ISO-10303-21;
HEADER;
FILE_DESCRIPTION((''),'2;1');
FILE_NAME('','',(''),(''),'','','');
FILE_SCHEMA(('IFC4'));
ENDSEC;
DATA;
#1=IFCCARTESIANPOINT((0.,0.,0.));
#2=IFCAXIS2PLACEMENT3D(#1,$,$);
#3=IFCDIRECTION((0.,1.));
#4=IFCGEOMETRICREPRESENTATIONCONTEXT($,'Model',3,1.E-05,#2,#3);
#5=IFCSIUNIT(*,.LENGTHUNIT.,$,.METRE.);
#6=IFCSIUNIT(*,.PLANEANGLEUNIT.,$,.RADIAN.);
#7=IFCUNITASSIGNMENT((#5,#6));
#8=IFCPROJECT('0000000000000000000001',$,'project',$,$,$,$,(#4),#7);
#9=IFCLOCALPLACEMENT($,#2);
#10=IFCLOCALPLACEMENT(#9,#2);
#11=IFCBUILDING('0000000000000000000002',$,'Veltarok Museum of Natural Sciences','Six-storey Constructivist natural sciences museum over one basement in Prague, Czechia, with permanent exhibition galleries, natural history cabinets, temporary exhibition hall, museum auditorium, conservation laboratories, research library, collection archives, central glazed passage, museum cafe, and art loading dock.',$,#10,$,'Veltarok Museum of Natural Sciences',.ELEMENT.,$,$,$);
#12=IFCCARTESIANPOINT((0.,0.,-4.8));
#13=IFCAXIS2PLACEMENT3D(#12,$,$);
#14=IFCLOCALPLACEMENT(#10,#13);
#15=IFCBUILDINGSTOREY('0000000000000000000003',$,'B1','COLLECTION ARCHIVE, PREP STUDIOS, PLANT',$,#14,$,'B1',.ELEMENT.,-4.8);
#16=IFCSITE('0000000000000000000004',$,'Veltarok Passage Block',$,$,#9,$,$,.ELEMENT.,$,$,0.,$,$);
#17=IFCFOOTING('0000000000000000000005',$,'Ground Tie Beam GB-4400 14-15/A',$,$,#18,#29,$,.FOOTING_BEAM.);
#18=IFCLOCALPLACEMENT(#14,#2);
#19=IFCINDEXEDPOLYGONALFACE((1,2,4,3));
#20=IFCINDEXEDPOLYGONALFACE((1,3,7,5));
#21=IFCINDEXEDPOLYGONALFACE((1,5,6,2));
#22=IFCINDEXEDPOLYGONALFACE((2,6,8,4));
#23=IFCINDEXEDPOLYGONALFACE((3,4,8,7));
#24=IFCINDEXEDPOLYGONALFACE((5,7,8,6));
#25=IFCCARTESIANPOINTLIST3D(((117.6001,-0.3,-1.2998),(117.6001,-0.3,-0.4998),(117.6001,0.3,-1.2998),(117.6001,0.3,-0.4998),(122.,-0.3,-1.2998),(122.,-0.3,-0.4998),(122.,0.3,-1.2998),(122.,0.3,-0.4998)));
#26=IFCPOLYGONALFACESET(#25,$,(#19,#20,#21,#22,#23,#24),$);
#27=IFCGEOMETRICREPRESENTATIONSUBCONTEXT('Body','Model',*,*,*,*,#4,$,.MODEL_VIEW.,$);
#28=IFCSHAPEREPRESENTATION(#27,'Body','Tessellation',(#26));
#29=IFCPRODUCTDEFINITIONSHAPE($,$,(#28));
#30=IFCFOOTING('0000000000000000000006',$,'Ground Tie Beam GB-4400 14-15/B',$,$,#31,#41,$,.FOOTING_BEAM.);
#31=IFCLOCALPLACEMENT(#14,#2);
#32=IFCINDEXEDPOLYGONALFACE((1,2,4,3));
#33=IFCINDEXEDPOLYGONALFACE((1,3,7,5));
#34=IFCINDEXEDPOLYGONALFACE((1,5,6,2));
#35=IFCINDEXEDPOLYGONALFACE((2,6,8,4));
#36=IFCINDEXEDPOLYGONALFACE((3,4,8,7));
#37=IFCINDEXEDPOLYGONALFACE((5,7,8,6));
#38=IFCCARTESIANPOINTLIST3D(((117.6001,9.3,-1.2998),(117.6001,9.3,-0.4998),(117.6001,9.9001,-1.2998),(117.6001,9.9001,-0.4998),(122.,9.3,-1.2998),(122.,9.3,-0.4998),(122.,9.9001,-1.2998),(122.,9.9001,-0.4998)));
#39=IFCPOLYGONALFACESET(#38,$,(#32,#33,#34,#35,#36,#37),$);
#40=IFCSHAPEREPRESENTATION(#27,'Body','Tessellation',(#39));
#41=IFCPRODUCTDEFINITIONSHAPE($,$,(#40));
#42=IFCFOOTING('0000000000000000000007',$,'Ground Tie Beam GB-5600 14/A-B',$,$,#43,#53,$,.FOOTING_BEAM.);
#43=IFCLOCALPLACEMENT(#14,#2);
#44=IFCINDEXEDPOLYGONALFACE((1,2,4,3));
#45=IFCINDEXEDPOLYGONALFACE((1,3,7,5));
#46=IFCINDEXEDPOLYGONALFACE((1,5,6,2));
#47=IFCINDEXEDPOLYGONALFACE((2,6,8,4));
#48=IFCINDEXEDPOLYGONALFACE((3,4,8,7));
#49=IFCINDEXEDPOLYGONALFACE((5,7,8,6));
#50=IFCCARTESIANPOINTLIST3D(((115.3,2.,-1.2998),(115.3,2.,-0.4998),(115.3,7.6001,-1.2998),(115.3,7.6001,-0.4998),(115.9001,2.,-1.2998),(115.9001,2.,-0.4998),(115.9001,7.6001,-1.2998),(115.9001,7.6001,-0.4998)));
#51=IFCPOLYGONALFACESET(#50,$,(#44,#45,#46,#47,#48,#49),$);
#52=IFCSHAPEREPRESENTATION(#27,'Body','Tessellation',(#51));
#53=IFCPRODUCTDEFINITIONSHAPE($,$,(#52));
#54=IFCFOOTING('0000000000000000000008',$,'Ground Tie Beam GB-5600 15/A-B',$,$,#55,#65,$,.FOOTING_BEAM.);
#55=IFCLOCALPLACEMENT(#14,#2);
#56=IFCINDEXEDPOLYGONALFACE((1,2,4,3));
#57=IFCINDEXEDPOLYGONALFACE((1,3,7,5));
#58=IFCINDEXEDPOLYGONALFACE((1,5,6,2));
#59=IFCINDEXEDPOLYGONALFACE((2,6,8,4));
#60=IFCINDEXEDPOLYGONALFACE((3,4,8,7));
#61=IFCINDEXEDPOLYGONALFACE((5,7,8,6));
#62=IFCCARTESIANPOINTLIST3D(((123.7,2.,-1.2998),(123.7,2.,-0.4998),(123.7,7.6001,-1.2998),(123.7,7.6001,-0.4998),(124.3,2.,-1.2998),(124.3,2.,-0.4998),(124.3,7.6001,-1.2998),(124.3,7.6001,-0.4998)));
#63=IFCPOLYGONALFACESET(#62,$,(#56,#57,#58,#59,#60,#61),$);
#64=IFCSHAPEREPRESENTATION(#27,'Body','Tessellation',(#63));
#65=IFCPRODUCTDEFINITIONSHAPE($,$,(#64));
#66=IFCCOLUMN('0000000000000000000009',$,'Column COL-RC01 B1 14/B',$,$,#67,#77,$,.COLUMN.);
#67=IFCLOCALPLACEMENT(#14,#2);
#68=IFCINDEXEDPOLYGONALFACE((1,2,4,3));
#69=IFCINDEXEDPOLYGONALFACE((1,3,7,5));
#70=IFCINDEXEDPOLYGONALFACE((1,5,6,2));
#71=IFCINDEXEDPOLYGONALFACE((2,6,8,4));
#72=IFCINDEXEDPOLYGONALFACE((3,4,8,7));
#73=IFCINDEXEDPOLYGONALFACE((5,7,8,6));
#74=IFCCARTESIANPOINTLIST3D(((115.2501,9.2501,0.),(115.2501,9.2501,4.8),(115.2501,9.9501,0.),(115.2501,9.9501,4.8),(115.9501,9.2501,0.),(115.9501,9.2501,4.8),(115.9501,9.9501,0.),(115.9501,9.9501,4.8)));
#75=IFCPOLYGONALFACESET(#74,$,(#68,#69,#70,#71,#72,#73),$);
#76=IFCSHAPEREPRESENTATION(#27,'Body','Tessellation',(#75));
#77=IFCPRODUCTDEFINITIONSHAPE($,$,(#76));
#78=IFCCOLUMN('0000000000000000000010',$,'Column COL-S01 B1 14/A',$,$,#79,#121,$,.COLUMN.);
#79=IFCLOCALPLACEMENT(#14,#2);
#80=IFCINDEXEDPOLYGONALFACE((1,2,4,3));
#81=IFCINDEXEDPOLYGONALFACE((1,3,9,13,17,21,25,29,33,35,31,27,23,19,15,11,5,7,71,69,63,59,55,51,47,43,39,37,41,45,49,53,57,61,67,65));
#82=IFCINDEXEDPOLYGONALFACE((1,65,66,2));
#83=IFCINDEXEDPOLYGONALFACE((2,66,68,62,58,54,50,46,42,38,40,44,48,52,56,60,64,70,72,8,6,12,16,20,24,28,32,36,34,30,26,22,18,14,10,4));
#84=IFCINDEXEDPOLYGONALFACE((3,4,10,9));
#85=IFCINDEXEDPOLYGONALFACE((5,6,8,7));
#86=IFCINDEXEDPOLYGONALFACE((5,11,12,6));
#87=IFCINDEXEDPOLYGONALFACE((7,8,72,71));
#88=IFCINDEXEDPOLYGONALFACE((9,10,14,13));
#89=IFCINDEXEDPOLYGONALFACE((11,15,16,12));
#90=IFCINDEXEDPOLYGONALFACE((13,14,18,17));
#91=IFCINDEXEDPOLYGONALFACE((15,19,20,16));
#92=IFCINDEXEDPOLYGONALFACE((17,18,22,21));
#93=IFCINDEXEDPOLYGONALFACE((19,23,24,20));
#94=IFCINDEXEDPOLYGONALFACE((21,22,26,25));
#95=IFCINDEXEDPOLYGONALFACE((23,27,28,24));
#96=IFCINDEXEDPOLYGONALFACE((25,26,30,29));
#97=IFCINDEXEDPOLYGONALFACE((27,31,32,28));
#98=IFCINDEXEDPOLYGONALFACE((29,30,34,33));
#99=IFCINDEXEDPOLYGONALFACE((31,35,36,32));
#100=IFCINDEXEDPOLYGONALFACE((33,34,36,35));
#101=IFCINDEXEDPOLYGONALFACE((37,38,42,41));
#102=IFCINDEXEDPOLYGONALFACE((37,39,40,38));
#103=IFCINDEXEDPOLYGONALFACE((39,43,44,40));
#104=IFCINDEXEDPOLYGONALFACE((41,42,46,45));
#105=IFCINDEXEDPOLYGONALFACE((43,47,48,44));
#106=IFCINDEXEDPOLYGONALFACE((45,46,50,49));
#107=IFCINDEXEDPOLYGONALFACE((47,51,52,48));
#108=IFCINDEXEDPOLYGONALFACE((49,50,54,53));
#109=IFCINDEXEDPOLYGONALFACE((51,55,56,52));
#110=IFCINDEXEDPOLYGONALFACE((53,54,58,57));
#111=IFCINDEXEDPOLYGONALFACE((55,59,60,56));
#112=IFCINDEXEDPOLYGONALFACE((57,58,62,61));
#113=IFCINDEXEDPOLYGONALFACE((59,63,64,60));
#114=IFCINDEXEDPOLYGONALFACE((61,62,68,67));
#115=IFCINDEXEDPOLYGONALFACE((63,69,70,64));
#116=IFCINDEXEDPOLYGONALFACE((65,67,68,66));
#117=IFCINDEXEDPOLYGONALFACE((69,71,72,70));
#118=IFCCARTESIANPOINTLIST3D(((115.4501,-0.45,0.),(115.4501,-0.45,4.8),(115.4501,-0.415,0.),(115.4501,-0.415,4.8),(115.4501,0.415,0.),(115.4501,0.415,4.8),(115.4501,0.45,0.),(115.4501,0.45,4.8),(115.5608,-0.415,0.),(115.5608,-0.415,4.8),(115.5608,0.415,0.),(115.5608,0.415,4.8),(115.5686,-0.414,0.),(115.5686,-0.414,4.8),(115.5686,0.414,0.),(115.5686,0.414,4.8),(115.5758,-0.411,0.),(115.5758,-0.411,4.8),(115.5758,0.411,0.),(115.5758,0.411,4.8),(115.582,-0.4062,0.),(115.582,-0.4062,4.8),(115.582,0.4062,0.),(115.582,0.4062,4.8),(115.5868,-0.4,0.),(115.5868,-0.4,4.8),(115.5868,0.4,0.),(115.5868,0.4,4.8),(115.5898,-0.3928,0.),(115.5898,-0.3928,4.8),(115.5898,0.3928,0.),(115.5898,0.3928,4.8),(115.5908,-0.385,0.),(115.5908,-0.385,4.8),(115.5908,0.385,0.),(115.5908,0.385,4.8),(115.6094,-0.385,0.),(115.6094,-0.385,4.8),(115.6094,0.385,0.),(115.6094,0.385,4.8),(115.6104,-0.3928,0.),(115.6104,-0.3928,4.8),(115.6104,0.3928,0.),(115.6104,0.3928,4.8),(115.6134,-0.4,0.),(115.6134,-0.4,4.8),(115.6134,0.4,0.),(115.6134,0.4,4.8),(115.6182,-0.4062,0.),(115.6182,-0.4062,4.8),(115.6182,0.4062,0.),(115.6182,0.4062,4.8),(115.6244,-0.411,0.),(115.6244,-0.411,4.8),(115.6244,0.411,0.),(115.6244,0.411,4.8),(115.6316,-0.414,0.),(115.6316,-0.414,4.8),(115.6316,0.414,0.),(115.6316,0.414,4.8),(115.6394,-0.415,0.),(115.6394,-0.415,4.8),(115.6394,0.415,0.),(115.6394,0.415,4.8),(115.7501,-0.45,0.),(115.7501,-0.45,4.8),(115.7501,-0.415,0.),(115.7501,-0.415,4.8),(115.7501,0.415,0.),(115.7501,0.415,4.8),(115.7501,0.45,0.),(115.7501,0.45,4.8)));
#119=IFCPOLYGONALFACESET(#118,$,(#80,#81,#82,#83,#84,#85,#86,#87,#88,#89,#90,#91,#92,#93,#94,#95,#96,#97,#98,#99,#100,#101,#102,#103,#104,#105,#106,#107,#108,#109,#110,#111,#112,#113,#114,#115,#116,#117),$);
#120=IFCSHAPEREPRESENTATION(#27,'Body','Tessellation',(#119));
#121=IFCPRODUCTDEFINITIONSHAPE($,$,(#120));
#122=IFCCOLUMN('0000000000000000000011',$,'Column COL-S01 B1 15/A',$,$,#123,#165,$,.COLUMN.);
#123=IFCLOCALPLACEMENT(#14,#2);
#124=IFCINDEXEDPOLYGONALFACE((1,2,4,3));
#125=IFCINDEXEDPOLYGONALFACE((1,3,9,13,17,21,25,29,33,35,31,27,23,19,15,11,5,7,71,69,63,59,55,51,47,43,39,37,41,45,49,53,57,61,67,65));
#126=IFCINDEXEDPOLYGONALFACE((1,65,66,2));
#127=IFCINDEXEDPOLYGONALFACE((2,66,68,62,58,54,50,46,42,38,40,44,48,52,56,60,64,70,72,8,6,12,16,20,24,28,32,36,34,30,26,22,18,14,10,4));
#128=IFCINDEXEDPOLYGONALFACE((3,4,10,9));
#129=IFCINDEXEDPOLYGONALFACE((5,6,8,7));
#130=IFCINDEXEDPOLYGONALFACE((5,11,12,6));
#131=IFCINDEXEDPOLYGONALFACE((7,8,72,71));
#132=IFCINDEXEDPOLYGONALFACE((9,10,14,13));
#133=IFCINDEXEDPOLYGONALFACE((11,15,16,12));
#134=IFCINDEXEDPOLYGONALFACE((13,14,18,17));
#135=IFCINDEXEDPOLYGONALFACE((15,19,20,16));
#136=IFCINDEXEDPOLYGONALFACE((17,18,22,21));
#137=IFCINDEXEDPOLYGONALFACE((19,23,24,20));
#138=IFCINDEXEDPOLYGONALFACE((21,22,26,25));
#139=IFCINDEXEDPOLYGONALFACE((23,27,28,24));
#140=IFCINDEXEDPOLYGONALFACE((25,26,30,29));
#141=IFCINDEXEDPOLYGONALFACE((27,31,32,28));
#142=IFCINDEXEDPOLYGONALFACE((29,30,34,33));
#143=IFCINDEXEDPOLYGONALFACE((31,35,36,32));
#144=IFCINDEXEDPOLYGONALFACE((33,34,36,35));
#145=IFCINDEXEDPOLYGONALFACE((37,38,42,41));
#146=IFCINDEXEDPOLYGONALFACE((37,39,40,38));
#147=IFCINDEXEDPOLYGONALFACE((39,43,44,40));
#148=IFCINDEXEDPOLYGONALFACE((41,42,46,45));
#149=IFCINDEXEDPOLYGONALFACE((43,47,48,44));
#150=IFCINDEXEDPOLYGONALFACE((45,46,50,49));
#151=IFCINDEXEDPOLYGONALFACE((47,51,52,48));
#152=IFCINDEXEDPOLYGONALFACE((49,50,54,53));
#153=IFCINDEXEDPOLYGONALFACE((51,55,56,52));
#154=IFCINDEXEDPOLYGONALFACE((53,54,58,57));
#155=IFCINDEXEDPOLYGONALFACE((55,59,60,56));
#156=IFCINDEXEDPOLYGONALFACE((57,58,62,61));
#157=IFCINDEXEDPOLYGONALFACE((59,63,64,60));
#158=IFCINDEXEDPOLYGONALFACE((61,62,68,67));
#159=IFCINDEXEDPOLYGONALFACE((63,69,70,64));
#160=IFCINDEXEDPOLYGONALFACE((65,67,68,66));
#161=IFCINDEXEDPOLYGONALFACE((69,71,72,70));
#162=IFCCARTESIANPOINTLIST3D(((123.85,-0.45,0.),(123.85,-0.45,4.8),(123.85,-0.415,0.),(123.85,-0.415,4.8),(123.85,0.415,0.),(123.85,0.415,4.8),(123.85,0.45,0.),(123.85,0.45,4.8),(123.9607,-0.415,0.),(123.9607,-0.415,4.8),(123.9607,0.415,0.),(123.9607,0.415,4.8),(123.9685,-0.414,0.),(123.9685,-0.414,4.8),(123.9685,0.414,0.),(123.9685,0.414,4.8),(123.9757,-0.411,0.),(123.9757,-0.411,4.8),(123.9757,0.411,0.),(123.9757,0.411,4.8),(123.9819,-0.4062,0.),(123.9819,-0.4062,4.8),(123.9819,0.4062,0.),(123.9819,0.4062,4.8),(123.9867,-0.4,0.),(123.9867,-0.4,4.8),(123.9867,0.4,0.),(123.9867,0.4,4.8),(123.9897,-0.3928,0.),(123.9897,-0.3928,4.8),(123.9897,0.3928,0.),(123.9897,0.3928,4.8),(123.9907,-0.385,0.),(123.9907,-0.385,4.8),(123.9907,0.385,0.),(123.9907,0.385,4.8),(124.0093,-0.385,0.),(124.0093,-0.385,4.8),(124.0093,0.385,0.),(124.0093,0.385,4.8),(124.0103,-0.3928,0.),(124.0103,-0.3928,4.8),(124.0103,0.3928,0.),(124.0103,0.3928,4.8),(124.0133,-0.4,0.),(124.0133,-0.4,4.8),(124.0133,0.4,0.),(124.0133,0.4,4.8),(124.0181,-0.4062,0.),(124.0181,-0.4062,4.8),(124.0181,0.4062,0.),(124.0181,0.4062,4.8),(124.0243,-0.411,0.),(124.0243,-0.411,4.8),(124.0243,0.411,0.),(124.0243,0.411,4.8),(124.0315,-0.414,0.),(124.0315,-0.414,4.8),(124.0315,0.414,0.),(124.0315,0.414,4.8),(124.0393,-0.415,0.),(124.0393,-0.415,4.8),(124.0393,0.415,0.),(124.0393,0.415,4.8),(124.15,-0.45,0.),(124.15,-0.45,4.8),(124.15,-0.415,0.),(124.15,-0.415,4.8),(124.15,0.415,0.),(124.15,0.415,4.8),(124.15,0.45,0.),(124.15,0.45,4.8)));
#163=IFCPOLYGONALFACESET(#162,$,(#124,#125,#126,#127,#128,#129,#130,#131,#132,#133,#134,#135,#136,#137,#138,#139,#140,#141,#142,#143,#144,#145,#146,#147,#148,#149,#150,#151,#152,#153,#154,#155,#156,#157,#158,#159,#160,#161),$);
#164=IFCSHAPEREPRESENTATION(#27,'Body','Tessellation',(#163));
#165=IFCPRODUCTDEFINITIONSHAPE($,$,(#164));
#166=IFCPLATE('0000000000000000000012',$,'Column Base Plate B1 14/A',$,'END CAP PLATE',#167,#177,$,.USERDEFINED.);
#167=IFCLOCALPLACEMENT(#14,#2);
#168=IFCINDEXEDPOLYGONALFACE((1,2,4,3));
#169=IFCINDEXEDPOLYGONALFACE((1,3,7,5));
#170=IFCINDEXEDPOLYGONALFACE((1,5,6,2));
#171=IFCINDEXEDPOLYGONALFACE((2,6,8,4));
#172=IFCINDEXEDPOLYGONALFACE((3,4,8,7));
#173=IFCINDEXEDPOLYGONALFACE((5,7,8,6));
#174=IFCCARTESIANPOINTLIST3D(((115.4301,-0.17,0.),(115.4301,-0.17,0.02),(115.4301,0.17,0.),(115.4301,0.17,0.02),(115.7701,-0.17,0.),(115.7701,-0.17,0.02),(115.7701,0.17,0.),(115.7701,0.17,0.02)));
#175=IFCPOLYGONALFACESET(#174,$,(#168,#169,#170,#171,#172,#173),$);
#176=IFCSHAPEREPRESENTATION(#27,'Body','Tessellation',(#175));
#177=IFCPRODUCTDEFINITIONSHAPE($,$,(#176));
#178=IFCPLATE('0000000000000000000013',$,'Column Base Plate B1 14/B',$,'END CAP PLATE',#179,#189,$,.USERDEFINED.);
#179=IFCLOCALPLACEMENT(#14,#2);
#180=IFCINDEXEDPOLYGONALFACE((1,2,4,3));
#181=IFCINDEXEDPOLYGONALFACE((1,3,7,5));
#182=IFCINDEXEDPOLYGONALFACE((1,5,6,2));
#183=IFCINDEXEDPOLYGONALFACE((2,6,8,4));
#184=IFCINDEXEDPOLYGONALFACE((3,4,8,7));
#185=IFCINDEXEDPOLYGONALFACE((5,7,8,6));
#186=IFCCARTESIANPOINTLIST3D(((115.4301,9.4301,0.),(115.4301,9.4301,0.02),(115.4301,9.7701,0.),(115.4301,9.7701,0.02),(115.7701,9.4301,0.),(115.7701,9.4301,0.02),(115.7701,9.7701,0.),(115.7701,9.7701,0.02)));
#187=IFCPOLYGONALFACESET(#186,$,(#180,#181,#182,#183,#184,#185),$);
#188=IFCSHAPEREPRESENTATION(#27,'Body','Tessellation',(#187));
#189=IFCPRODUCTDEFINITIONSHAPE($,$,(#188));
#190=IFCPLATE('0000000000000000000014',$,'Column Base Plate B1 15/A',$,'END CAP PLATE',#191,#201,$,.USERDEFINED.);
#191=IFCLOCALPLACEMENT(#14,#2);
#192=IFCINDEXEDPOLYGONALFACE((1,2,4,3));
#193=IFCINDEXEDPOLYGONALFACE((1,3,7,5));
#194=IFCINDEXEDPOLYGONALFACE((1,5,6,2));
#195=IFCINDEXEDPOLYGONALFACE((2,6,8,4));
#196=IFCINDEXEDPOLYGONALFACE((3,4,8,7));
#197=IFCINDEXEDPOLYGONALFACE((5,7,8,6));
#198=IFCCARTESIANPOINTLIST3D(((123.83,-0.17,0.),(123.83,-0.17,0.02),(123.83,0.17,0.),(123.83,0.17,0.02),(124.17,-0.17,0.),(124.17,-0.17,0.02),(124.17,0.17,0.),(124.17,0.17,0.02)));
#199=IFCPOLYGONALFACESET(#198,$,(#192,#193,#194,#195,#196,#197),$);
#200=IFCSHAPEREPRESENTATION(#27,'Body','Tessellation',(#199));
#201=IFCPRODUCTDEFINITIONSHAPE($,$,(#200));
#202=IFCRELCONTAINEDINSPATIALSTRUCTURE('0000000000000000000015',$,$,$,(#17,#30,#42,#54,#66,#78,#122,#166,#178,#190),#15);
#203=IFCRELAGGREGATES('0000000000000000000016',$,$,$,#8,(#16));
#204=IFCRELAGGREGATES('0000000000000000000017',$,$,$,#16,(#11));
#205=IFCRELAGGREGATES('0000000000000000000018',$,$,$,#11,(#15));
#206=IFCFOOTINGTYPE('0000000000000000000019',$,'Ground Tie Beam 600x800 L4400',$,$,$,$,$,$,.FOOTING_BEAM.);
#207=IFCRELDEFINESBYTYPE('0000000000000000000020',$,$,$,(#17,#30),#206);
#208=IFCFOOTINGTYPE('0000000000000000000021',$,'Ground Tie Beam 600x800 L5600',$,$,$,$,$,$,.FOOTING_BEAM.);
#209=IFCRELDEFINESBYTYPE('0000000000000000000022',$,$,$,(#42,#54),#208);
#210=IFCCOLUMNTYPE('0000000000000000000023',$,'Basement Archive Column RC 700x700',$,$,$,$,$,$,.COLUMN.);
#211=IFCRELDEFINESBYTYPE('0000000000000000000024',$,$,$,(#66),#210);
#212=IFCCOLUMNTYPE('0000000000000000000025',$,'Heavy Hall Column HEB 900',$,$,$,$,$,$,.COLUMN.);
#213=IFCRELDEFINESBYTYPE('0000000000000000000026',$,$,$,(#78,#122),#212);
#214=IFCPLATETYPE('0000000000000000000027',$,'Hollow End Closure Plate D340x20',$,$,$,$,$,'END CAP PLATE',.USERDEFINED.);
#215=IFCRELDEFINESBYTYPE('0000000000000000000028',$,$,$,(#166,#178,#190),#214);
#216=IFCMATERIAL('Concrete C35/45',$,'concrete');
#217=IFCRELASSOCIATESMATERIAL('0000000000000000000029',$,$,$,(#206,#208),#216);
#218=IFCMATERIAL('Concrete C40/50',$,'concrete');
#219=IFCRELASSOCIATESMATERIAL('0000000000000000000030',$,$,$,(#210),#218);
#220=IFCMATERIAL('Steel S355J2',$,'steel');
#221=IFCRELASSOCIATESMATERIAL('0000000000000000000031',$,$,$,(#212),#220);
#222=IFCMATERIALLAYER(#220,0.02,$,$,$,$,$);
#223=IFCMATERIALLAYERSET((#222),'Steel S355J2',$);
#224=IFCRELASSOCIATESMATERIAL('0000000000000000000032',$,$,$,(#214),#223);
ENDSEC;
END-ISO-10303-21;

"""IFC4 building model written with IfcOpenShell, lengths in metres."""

from ifc_helpers import new_model, si_unit, direction, frame, origin, origin_2d, place, context, subcontext, project, spatial, rectangle, i_section, extrude, material, layer, layer_set, material_profile, profile_set, type_object, element, save


model = new_model("IFC4")

# Units and contexts
model_context = context("Model", 3, precision=1e-05, world=origin(), true_north=direction((0.0, 1.0)))
body_context = subcontext(model_context, "Body", "Model", "MODEL_VIEW")
ifc_project = project(units=[si_unit("LENGTHUNIT", "METRE"), si_unit("PLANEANGLEUNIT", "RADIAN")], contexts=[model_context])

# Site, building, storey
site_placement = place(None, origin())
site = spatial("IfcSite", under=ifc_project, at=site_placement, Name="Veltarok Passage Block", CompositionType="ELEMENT", RefElevation=0.0)
building_placement = place(site_placement, origin())
building = spatial("IfcBuilding", under=site, at=building_placement, Name="Veltarok Museum of Natural Sciences", Description="Six-storey Constructivist natural sciences museum over one basement in Prague, Czechia, with permanent exhibition galleries, natural history cabinets, temporary exhibition hall, museum auditorium, conservation laboratories, research library, collection archives, central glazed passage, museum cafe, and art loading dock.", LongName="Veltarok Museum of Natural Sciences", CompositionType="ELEMENT")
storey_placement = place(building_placement, frame((0.0, 0.0, -4.8)))
storey = spatial("IfcBuildingStorey", under=building, at=storey_placement, Name="B1", Description="COLLECTION ARCHIVE, PREP STUDIOS, PLANT", LongName="B1", CompositionType="ELEMENT", Elevation=-4.8)

# Shared definitions
ifc_material_1 = material(Name="Concrete C35/45", Category="concrete")

# Footings
footing_type_1 = type_object("IfcFootingType", Name="Ground Tie Beam 600x800 L4400", PredefinedType="FOOTING_BEAM", material=ifc_material_1)
for number, where, z_axis, x_axis, name in (
    (1, (119.8, 0.0, -1.2998), (0.0, 0.0, 1.0), (1.0, 0.0, 0.0), "Ground Tie Beam GB-4400 14-15/A"),
    (2, (119.8, 9.6001, -1.2998), (0.0, 0.0, 1.0), (1.0, 0.0, 0.0), "Ground Tie Beam GB-4400 14-15/B"),
):
    element("IfcFooting", number, at=place(storey_placement, frame(where, z_axis=z_axis, x_axis=x_axis)), inside=storey, type_object=footing_type_1, Name=name, PredefinedType="FOOTING_BEAM", context=body_context, shape_type="SweptSolid", body=[
        extrude(rectangle(XDim=4.3999, YDim=0.6001, at=origin_2d()), origin(), (0.0, 0.0, 1.0), 0.8),
    ])
footing_type_2 = type_object("IfcFootingType", Name="Ground Tie Beam 600x800 L5600", PredefinedType="FOOTING_BEAM", material=ifc_material_1)
for number, where, z_axis, x_axis, name in (
    (3, (115.6001, 4.8, -1.2998), (0.0, 0.0, 1.0), (0.0, 1.0, 0.0), "Ground Tie Beam GB-5600 14/A-B"),
    (4, (124.0, 4.8, -1.2998), (0.0, 0.0, 1.0), (0.0, 1.0, 0.0), "Ground Tie Beam GB-5600 15/A-B"),
):
    element("IfcFooting", number, at=place(storey_placement, frame(where, z_axis=z_axis, x_axis=x_axis)), inside=storey, type_object=footing_type_2, Name=name, PredefinedType="FOOTING_BEAM", context=body_context, shape_type="SweptSolid", body=[
        extrude(rectangle(XDim=5.6001, YDim=0.6001, at=origin_2d()), origin(), (0.0, 0.0, 1.0), 0.8),
    ])

# Columns
ifc_material_2 = material(Name="Concrete C40/50", Category="concrete")
ifc_material_profile_1 = material_profile(ifc_material_2, rectangle(XDim=0.7, YDim=0.7, at=origin_2d()), Name="RC 700x700")
ifc_profile_set_1 = profile_set([ifc_material_profile_1], Name="Concrete C40/50")
column_type_1 = type_object("IfcColumnType", Name="Basement Archive Column RC 700x700", PredefinedType="COLUMN", material=ifc_profile_set_1)
column_placement = place(storey_placement, frame((115.6001, 9.6001, 0.0), z_axis=(0.0, 0.0, 1.0), x_axis=(1.0, 0.0, 0.0)))
element("IfcColumn", 5, at=column_placement, inside=storey, type_object=column_type_1, Name="Column COL-RC01 B1 14/B", PredefinedType="COLUMN", context=body_context, shape_type="SweptSolid", body=[
    extrude(rectangle(XDim=0.7, YDim=0.7, at=origin_2d()), origin(), (0.0, 0.0, 1.0), 4.8),
])
ifc_material_3 = material(Name="Steel S355J2", Category="steel")
ifc_material_profile_2 = material_profile(ifc_material_3, i_section(OverallWidth=0.3, OverallDepth=0.8999, WebThickness=0.0186, FlangeThickness=0.0349, FilletRadius=0.03, at=origin_2d()), Name="HEB 900")
ifc_profile_set_2 = profile_set([ifc_material_profile_2], Name="Steel S355J2")
column_type_2 = type_object("IfcColumnType", Name="Heavy Hall Column HEB 900", PredefinedType="COLUMN", material=ifc_profile_set_2)
for number, where, z_axis, x_axis, name in (
    (6, (115.6001, 0.0, 0.0), (0.0, 0.0, 1.0), (1.0, 0.0, 0.0), "Column COL-S01 B1 14/A"),
    (7, (124.0, 0.0, 0.0), (0.0, 0.0, 1.0), (1.0, 0.0, 0.0), "Column COL-S01 B1 15/A"),
):
    element("IfcColumn", number, at=place(storey_placement, frame(where, z_axis=z_axis, x_axis=x_axis)), inside=storey, type_object=column_type_2, Name=name, PredefinedType="COLUMN", context=body_context, shape_type="SweptSolid", body=[
        extrude(i_section(OverallWidth=0.3, OverallDepth=0.8999, WebThickness=0.0186, FlangeThickness=0.0349, FilletRadius=0.03, at=origin_2d()), origin(), (0.0, 0.0, 1.0), 4.8),
    ])

# Plates
ifc_layer_1 = layer(ifc_material_3, 0.02)
ifc_layer_set_1 = layer_set([ifc_layer_1], Name="Steel S355J2")
plate_type = type_object("IfcPlateType", Name="Hollow End Closure Plate D340x20", ElementType="END CAP PLATE", PredefinedType="USERDEFINED", material=ifc_layer_set_1)
for number, where, z_axis, x_axis, name in (
    (8, (115.6001, 0.0, 0.0), (0.0, 0.0, 1.0), (1.0, 0.0, 0.0), "Column Base Plate B1 14/A"),
    (9, (115.6001, 9.6001, 0.0), (0.0, 0.0, 1.0), (1.0, 0.0, 0.0), "Column Base Plate B1 14/B"),
    (10, (124.0, 0.0, 0.0), (0.0, 0.0, 1.0), (1.0, 0.0, 0.0), "Column Base Plate B1 15/A"),
):
    element("IfcPlate", number, at=place(storey_placement, frame(where, z_axis=z_axis, x_axis=x_axis)), inside=storey, type_object=plate_type, Name=name, ObjectType="END CAP PLATE", PredefinedType="USERDEFINED", context=body_context, shape_type="SweptSolid", body=[
        extrude(rectangle(XDim=0.3401, YDim=0.3401, at=origin_2d()), origin(), (0.0, 0.0, 1.0), 0.02),
    ])

save(model, "model.ifc")
